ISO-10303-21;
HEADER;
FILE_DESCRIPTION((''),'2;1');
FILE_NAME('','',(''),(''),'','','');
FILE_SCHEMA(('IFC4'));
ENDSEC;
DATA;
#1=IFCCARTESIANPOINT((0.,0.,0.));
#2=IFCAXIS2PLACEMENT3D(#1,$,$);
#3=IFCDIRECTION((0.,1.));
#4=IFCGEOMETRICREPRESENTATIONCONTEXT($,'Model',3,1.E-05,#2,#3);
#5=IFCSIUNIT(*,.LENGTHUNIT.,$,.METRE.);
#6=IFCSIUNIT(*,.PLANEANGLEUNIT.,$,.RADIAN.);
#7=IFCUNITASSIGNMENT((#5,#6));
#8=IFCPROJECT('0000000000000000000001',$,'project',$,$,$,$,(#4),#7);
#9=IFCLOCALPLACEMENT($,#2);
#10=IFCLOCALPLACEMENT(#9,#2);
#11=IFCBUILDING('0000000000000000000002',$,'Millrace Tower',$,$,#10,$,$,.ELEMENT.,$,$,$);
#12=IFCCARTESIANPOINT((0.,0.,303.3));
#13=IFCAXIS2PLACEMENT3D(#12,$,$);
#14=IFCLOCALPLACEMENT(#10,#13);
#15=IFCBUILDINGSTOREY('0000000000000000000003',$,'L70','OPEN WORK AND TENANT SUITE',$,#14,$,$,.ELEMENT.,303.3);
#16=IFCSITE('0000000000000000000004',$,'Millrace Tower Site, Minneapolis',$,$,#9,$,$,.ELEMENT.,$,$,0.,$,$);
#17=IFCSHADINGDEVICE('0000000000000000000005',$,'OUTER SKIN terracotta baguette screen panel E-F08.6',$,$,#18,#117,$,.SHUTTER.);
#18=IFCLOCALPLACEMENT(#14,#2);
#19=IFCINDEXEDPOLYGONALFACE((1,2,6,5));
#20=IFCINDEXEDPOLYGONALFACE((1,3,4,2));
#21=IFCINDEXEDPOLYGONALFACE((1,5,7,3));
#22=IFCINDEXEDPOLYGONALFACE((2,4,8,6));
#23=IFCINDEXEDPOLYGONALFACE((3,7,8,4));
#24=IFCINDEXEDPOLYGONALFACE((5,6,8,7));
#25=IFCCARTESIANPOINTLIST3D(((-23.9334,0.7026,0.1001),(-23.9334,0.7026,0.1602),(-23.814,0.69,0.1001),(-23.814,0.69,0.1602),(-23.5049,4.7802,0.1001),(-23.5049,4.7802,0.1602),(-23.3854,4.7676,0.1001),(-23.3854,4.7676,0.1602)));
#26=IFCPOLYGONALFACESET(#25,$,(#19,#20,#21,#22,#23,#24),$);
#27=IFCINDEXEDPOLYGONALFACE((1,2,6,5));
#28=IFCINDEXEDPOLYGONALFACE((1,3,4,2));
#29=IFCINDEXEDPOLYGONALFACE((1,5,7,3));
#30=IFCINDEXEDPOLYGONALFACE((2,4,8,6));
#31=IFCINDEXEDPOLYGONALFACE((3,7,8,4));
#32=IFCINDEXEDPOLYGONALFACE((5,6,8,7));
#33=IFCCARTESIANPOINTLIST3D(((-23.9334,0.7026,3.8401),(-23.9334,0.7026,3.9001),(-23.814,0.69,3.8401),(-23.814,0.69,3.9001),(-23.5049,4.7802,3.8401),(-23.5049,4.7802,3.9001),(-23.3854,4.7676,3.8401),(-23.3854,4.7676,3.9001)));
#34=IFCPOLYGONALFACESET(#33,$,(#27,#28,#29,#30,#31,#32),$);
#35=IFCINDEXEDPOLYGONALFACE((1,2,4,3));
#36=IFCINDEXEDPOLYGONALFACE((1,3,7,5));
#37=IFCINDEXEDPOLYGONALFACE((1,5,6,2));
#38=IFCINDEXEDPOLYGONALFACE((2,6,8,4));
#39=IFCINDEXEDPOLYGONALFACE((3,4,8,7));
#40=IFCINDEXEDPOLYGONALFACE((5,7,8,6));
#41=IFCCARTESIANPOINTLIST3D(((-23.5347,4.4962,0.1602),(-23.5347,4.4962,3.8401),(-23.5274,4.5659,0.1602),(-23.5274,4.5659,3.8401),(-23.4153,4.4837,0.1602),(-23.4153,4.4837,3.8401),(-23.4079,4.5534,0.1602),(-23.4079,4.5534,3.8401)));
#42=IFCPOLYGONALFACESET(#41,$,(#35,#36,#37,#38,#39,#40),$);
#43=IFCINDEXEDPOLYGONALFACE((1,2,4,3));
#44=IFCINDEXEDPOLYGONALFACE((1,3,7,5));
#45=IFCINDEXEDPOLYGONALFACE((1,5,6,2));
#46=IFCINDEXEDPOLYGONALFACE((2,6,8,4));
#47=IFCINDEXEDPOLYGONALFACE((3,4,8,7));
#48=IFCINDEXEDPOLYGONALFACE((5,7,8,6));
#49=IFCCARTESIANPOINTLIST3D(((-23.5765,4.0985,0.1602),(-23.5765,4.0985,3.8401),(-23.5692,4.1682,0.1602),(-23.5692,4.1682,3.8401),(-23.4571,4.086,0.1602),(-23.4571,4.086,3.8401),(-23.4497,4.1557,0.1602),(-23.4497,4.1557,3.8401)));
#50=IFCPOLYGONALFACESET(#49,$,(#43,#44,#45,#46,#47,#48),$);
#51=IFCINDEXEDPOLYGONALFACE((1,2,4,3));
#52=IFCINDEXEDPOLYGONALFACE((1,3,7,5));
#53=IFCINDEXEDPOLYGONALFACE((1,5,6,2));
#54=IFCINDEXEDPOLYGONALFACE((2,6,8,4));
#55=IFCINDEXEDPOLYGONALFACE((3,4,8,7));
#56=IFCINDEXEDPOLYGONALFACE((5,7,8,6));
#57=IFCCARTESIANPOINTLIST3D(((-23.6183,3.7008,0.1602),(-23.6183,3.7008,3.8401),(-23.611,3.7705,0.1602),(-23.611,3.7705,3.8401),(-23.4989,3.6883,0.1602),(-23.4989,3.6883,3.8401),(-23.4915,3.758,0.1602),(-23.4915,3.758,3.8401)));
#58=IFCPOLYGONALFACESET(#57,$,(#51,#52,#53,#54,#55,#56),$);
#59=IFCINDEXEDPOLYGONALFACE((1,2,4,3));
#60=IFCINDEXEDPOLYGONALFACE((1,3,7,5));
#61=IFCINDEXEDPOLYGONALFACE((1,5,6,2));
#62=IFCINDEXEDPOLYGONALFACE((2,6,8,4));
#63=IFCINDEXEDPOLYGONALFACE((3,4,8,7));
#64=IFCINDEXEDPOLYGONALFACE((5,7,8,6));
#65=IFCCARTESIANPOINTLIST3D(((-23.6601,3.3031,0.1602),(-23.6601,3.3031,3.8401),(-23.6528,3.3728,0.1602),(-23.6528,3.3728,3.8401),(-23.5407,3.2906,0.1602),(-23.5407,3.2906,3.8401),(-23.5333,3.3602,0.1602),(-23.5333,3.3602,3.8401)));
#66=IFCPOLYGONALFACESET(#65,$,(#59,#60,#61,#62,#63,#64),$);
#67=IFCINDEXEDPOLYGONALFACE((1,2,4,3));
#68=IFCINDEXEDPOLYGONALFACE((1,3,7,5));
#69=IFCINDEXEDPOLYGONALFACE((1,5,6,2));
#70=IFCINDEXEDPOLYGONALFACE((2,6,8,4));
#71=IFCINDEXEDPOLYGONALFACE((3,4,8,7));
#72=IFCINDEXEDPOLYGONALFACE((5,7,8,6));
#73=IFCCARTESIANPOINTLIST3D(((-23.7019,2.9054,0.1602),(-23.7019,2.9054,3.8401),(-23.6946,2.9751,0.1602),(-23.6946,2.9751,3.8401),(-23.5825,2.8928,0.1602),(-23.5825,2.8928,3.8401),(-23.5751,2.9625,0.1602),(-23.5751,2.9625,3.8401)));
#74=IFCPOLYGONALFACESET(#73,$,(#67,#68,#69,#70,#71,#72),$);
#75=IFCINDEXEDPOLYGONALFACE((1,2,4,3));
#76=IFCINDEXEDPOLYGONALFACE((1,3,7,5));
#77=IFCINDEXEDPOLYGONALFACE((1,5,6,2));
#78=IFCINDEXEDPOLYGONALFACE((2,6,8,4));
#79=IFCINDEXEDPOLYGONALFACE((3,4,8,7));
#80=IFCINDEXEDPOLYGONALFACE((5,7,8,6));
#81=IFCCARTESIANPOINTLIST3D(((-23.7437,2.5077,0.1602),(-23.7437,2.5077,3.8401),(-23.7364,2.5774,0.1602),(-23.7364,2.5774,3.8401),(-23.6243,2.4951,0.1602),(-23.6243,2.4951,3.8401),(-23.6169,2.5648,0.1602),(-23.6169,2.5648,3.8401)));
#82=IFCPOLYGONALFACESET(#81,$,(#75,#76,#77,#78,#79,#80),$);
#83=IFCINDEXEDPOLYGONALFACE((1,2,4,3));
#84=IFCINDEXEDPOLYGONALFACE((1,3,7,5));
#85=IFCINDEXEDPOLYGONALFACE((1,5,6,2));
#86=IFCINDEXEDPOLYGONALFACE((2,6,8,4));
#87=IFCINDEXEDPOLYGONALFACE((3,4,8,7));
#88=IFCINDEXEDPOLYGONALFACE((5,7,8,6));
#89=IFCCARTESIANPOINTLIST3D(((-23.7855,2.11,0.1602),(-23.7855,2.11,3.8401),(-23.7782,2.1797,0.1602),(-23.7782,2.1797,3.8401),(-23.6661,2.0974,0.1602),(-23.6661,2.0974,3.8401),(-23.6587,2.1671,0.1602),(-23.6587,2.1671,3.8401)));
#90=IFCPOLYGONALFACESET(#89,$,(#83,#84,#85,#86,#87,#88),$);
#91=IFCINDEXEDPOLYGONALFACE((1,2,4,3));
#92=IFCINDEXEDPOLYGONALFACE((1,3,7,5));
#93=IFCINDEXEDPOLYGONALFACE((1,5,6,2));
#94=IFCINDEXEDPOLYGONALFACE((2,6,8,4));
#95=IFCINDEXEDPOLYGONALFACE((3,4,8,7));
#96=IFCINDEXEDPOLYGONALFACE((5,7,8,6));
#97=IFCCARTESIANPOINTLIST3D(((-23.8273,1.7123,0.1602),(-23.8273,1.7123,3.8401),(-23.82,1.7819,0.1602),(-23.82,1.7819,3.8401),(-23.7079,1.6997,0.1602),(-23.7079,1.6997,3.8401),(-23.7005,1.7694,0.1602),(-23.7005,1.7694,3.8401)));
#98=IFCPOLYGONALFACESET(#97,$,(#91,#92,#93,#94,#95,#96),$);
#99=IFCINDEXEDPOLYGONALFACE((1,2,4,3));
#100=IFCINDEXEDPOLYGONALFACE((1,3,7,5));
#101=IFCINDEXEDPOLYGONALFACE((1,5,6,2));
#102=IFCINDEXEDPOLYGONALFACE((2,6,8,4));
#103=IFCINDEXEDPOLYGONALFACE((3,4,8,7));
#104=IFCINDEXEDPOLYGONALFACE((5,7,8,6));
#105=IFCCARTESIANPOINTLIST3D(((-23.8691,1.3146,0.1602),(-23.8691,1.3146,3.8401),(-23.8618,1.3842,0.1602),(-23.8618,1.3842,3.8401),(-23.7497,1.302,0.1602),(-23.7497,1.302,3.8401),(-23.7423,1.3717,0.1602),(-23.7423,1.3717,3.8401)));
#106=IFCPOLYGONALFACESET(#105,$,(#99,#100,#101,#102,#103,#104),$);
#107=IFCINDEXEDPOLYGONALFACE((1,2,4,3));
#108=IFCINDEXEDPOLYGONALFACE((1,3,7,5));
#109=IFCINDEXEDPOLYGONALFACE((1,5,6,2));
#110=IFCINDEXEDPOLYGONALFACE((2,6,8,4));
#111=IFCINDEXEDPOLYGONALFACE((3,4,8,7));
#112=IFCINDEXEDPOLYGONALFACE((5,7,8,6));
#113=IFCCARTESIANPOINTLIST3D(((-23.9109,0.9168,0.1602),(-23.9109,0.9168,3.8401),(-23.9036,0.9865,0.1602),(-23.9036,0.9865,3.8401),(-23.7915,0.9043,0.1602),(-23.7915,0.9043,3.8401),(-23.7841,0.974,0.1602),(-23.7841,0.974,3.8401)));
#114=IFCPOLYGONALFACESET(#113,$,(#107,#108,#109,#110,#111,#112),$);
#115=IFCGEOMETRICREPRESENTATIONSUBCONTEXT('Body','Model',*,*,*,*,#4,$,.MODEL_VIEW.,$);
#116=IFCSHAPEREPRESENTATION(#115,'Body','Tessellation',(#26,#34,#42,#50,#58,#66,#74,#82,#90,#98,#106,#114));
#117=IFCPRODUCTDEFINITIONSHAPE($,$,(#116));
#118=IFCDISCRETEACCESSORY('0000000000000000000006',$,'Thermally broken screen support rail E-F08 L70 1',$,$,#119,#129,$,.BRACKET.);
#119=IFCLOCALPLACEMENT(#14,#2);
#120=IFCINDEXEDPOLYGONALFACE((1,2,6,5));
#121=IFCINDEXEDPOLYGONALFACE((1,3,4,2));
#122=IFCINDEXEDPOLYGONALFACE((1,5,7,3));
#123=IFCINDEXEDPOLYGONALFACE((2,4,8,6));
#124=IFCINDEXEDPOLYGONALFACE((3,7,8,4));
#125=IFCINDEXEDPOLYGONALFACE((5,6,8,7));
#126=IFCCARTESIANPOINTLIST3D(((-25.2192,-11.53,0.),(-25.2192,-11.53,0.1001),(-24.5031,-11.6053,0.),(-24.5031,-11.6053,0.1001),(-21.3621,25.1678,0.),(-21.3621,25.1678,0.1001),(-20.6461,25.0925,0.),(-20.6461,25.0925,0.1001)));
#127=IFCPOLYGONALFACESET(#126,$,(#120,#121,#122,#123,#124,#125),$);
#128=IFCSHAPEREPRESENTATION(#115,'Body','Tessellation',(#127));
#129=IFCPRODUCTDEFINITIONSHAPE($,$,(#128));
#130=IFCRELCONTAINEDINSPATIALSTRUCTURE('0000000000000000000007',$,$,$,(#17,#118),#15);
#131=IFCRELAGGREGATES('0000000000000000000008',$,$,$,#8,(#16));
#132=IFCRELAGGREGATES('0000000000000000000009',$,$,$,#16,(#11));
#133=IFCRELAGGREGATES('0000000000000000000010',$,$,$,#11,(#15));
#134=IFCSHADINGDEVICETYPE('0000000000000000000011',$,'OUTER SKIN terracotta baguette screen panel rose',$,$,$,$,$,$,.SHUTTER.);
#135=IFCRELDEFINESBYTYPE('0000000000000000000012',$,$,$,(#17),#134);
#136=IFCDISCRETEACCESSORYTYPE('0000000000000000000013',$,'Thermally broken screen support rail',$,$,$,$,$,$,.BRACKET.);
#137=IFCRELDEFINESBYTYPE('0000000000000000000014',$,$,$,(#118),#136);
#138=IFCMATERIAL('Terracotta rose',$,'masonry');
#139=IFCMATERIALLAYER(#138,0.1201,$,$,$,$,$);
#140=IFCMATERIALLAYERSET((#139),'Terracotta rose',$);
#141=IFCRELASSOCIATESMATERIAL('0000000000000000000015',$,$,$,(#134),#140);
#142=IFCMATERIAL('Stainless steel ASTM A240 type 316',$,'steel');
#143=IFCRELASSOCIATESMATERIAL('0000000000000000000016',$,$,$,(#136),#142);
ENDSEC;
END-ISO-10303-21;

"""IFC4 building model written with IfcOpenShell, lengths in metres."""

from ifc_helpers import new_model, entity, si_unit, direction, frame, frame_2d, origin, origin_2d, place, context, subcontext, project, spatial, rectangle, extrude, source, transform, mapped, material, layer, layer_set, type_object, element, save


model = new_model("IFC4")

# Units and contexts
model_context = context("Model", 3, precision=1e-05, world=origin(), true_north=direction((0.0, 1.0)))
body_context = subcontext(model_context, "Body", "Model", "MODEL_VIEW")
ifc_project = project(units=[si_unit("LENGTHUNIT", "METRE"), si_unit("PLANEANGLEUNIT", "RADIAN")], contexts=[model_context])

# Site, building, storey
site_placement = place(None, origin())
site = spatial("IfcSite", under=ifc_project, at=site_placement, Name="Millrace Tower Site, Minneapolis", CompositionType="ELEMENT", RefElevation=0.0)
building_placement = place(site_placement, origin())
building = spatial("IfcBuilding", under=site, at=building_placement, Name="Millrace Tower", CompositionType="ELEMENT")
storey_placement = place(building_placement, frame((0.0, 0.0, 303.3)))
storey = spatial("IfcBuildingStorey", under=building, at=storey_placement, Name="L70", Description="OPEN WORK AND TENANT SUITE", CompositionType="ELEMENT", Elevation=303.3)

# Shading device
ifc_material_1 = material(Name="Terracotta rose", Category="masonry")
ifc_layer_1 = layer(ifc_material_1, 0.1201)
ifc_layer_set_1 = layer_set([ifc_layer_1], Name="Terracotta rose")
shading_device_type = type_object("IfcShadingDeviceType", Name="OUTER SKIN terracotta baguette screen panel rose", PredefinedType="SHUTTER", material=ifc_layer_set_1)
cartesian_point = entity("IfcCartesianPoint", [-2.05, 0.0601])
shared_polyline = entity("IfcPolyline", [cartesian_point, entity("IfcCartesianPoint", [2.05, 0.0601]), entity("IfcCartesianPoint", [2.05, -0.0601]), entity("IfcCartesianPoint", [-2.05, -0.0601]), cartesian_point])
shared_shape = source(origin(), body_context, "Body", "SweptSolid", [
    entity("IfcExtrudedAreaSolid", entity("IfcArbitraryClosedProfileDef", "AREA", None, shared_polyline), entity("IfcAxis2Placement3D", entity("IfcCartesianPoint", [0.0, 0.0, 0.0])), entity("IfcDirection", [0.0, 0.0, 1.0]), 0.0601),
    entity("IfcExtrudedAreaSolid", entity("IfcArbitraryClosedProfileDef", "AREA", None, shared_polyline), entity("IfcAxis2Placement3D", entity("IfcCartesianPoint", [0.0, 0.0, 3.74])), entity("IfcDirection", [0.0, 0.0, 1.0]), 0.0601),
    extrude(rectangle(XDim=0.0701, YDim=0.1201, at=frame_2d((-1.7996, 0.0))), frame((0.0, 0.0, 0.0601)), (0.0, 0.0, 1.0), 3.6799),
    extrude(rectangle(XDim=0.0701, YDim=0.1201, at=frame_2d((-1.3997, 0.0))), frame((0.0, 0.0, 0.0601)), (0.0, 0.0, 1.0), 3.6799),
    extrude(rectangle(XDim=0.0701, YDim=0.1201, at=frame_2d((-0.9998, 0.0))), frame((0.0, 0.0, 0.0601)), (0.0, 0.0, 1.0), 3.6799),
    extrude(rectangle(XDim=0.0701, YDim=0.1201, at=frame_2d((-0.5999, 0.0))), frame((0.0, 0.0, 0.0601)), (0.0, 0.0, 1.0), 3.6799),
    extrude(rectangle(XDim=0.0701, YDim=0.1201, at=frame_2d((-0.2, 0.0))), frame((0.0, 0.0, 0.0601)), (0.0, 0.0, 1.0), 3.6799),
    extrude(rectangle(XDim=0.0701, YDim=0.1201, at=frame_2d((0.2, 0.0))), frame((0.0, 0.0, 0.0601)), (0.0, 0.0, 1.0), 3.6799),
    extrude(rectangle(XDim=0.0701, YDim=0.1201, at=frame_2d((0.5999, 0.0))), frame((0.0, 0.0, 0.0601)), (0.0, 0.0, 1.0), 3.6799),
    extrude(rectangle(XDim=0.0701, YDim=0.1201, at=frame_2d((0.9998, 0.0))), frame((0.0, 0.0, 0.0601)), (0.0, 0.0, 1.0), 3.6799),
    extrude(rectangle(XDim=0.0701, YDim=0.1201, at=frame_2d((1.3997, 0.0))), frame((0.0, 0.0, 0.0601)), (0.0, 0.0, 1.0), 3.6799),
    extrude(rectangle(XDim=0.0701, YDim=0.1201, at=frame_2d((1.7996, 0.0))), frame((0.0, 0.0, 0.0601)), (0.0, 0.0, 1.0), 3.6799),
])
for number, where, z_axis, x_axis, name in (
    (1, (-23.6594, 2.7351, 0.1001), (0.0, 0.0, 1.0), (-0.104528, -0.994522, 0.0), "OUTER SKIN terracotta baguette screen panel E-F08.6"),
):
    element("IfcShadingDevice", number, at=place(storey_placement, frame(where, z_axis=z_axis, x_axis=x_axis)), inside=storey, type_object=shading_device_type, Name=name, PredefinedType="SHUTTER", context=body_context, shape_type="MappedRepresentation", body=[
        mapped(shared_shape, transform((0.0, 0.0, 0.0), scale=1.0)),
    ])

# Discrete accessory
ifc_material_2 = material(Name="Stainless steel ASTM A240 type 316", Category="steel")
discrete_accessory_type = type_object("IfcDiscreteAccessoryType", Name="Thermally broken screen support rail", PredefinedType="BRACKET", material=ifc_material_2)
discrete_accessory_placement = place(storey_placement, frame((-22.9326, 6.7812, 0.0), z_axis=(0.0, 0.0, 1.0), x_axis=(-0.104528, -0.994522, 0.0)))
element("IfcDiscreteAccessory", 2, at=discrete_accessory_placement, inside=storey, type_object=discrete_accessory_type, Name="Thermally broken screen support rail E-F08 L70 1", PredefinedType="BRACKET", context=body_context, shape_type="SweptSolid", body=[
    extrude(rectangle(XDim=36.8999, YDim=0.72, at=origin_2d()), origin(), (0.0, 0.0, 1.0), 0.1001),
])

save(model, "model.ifc")
